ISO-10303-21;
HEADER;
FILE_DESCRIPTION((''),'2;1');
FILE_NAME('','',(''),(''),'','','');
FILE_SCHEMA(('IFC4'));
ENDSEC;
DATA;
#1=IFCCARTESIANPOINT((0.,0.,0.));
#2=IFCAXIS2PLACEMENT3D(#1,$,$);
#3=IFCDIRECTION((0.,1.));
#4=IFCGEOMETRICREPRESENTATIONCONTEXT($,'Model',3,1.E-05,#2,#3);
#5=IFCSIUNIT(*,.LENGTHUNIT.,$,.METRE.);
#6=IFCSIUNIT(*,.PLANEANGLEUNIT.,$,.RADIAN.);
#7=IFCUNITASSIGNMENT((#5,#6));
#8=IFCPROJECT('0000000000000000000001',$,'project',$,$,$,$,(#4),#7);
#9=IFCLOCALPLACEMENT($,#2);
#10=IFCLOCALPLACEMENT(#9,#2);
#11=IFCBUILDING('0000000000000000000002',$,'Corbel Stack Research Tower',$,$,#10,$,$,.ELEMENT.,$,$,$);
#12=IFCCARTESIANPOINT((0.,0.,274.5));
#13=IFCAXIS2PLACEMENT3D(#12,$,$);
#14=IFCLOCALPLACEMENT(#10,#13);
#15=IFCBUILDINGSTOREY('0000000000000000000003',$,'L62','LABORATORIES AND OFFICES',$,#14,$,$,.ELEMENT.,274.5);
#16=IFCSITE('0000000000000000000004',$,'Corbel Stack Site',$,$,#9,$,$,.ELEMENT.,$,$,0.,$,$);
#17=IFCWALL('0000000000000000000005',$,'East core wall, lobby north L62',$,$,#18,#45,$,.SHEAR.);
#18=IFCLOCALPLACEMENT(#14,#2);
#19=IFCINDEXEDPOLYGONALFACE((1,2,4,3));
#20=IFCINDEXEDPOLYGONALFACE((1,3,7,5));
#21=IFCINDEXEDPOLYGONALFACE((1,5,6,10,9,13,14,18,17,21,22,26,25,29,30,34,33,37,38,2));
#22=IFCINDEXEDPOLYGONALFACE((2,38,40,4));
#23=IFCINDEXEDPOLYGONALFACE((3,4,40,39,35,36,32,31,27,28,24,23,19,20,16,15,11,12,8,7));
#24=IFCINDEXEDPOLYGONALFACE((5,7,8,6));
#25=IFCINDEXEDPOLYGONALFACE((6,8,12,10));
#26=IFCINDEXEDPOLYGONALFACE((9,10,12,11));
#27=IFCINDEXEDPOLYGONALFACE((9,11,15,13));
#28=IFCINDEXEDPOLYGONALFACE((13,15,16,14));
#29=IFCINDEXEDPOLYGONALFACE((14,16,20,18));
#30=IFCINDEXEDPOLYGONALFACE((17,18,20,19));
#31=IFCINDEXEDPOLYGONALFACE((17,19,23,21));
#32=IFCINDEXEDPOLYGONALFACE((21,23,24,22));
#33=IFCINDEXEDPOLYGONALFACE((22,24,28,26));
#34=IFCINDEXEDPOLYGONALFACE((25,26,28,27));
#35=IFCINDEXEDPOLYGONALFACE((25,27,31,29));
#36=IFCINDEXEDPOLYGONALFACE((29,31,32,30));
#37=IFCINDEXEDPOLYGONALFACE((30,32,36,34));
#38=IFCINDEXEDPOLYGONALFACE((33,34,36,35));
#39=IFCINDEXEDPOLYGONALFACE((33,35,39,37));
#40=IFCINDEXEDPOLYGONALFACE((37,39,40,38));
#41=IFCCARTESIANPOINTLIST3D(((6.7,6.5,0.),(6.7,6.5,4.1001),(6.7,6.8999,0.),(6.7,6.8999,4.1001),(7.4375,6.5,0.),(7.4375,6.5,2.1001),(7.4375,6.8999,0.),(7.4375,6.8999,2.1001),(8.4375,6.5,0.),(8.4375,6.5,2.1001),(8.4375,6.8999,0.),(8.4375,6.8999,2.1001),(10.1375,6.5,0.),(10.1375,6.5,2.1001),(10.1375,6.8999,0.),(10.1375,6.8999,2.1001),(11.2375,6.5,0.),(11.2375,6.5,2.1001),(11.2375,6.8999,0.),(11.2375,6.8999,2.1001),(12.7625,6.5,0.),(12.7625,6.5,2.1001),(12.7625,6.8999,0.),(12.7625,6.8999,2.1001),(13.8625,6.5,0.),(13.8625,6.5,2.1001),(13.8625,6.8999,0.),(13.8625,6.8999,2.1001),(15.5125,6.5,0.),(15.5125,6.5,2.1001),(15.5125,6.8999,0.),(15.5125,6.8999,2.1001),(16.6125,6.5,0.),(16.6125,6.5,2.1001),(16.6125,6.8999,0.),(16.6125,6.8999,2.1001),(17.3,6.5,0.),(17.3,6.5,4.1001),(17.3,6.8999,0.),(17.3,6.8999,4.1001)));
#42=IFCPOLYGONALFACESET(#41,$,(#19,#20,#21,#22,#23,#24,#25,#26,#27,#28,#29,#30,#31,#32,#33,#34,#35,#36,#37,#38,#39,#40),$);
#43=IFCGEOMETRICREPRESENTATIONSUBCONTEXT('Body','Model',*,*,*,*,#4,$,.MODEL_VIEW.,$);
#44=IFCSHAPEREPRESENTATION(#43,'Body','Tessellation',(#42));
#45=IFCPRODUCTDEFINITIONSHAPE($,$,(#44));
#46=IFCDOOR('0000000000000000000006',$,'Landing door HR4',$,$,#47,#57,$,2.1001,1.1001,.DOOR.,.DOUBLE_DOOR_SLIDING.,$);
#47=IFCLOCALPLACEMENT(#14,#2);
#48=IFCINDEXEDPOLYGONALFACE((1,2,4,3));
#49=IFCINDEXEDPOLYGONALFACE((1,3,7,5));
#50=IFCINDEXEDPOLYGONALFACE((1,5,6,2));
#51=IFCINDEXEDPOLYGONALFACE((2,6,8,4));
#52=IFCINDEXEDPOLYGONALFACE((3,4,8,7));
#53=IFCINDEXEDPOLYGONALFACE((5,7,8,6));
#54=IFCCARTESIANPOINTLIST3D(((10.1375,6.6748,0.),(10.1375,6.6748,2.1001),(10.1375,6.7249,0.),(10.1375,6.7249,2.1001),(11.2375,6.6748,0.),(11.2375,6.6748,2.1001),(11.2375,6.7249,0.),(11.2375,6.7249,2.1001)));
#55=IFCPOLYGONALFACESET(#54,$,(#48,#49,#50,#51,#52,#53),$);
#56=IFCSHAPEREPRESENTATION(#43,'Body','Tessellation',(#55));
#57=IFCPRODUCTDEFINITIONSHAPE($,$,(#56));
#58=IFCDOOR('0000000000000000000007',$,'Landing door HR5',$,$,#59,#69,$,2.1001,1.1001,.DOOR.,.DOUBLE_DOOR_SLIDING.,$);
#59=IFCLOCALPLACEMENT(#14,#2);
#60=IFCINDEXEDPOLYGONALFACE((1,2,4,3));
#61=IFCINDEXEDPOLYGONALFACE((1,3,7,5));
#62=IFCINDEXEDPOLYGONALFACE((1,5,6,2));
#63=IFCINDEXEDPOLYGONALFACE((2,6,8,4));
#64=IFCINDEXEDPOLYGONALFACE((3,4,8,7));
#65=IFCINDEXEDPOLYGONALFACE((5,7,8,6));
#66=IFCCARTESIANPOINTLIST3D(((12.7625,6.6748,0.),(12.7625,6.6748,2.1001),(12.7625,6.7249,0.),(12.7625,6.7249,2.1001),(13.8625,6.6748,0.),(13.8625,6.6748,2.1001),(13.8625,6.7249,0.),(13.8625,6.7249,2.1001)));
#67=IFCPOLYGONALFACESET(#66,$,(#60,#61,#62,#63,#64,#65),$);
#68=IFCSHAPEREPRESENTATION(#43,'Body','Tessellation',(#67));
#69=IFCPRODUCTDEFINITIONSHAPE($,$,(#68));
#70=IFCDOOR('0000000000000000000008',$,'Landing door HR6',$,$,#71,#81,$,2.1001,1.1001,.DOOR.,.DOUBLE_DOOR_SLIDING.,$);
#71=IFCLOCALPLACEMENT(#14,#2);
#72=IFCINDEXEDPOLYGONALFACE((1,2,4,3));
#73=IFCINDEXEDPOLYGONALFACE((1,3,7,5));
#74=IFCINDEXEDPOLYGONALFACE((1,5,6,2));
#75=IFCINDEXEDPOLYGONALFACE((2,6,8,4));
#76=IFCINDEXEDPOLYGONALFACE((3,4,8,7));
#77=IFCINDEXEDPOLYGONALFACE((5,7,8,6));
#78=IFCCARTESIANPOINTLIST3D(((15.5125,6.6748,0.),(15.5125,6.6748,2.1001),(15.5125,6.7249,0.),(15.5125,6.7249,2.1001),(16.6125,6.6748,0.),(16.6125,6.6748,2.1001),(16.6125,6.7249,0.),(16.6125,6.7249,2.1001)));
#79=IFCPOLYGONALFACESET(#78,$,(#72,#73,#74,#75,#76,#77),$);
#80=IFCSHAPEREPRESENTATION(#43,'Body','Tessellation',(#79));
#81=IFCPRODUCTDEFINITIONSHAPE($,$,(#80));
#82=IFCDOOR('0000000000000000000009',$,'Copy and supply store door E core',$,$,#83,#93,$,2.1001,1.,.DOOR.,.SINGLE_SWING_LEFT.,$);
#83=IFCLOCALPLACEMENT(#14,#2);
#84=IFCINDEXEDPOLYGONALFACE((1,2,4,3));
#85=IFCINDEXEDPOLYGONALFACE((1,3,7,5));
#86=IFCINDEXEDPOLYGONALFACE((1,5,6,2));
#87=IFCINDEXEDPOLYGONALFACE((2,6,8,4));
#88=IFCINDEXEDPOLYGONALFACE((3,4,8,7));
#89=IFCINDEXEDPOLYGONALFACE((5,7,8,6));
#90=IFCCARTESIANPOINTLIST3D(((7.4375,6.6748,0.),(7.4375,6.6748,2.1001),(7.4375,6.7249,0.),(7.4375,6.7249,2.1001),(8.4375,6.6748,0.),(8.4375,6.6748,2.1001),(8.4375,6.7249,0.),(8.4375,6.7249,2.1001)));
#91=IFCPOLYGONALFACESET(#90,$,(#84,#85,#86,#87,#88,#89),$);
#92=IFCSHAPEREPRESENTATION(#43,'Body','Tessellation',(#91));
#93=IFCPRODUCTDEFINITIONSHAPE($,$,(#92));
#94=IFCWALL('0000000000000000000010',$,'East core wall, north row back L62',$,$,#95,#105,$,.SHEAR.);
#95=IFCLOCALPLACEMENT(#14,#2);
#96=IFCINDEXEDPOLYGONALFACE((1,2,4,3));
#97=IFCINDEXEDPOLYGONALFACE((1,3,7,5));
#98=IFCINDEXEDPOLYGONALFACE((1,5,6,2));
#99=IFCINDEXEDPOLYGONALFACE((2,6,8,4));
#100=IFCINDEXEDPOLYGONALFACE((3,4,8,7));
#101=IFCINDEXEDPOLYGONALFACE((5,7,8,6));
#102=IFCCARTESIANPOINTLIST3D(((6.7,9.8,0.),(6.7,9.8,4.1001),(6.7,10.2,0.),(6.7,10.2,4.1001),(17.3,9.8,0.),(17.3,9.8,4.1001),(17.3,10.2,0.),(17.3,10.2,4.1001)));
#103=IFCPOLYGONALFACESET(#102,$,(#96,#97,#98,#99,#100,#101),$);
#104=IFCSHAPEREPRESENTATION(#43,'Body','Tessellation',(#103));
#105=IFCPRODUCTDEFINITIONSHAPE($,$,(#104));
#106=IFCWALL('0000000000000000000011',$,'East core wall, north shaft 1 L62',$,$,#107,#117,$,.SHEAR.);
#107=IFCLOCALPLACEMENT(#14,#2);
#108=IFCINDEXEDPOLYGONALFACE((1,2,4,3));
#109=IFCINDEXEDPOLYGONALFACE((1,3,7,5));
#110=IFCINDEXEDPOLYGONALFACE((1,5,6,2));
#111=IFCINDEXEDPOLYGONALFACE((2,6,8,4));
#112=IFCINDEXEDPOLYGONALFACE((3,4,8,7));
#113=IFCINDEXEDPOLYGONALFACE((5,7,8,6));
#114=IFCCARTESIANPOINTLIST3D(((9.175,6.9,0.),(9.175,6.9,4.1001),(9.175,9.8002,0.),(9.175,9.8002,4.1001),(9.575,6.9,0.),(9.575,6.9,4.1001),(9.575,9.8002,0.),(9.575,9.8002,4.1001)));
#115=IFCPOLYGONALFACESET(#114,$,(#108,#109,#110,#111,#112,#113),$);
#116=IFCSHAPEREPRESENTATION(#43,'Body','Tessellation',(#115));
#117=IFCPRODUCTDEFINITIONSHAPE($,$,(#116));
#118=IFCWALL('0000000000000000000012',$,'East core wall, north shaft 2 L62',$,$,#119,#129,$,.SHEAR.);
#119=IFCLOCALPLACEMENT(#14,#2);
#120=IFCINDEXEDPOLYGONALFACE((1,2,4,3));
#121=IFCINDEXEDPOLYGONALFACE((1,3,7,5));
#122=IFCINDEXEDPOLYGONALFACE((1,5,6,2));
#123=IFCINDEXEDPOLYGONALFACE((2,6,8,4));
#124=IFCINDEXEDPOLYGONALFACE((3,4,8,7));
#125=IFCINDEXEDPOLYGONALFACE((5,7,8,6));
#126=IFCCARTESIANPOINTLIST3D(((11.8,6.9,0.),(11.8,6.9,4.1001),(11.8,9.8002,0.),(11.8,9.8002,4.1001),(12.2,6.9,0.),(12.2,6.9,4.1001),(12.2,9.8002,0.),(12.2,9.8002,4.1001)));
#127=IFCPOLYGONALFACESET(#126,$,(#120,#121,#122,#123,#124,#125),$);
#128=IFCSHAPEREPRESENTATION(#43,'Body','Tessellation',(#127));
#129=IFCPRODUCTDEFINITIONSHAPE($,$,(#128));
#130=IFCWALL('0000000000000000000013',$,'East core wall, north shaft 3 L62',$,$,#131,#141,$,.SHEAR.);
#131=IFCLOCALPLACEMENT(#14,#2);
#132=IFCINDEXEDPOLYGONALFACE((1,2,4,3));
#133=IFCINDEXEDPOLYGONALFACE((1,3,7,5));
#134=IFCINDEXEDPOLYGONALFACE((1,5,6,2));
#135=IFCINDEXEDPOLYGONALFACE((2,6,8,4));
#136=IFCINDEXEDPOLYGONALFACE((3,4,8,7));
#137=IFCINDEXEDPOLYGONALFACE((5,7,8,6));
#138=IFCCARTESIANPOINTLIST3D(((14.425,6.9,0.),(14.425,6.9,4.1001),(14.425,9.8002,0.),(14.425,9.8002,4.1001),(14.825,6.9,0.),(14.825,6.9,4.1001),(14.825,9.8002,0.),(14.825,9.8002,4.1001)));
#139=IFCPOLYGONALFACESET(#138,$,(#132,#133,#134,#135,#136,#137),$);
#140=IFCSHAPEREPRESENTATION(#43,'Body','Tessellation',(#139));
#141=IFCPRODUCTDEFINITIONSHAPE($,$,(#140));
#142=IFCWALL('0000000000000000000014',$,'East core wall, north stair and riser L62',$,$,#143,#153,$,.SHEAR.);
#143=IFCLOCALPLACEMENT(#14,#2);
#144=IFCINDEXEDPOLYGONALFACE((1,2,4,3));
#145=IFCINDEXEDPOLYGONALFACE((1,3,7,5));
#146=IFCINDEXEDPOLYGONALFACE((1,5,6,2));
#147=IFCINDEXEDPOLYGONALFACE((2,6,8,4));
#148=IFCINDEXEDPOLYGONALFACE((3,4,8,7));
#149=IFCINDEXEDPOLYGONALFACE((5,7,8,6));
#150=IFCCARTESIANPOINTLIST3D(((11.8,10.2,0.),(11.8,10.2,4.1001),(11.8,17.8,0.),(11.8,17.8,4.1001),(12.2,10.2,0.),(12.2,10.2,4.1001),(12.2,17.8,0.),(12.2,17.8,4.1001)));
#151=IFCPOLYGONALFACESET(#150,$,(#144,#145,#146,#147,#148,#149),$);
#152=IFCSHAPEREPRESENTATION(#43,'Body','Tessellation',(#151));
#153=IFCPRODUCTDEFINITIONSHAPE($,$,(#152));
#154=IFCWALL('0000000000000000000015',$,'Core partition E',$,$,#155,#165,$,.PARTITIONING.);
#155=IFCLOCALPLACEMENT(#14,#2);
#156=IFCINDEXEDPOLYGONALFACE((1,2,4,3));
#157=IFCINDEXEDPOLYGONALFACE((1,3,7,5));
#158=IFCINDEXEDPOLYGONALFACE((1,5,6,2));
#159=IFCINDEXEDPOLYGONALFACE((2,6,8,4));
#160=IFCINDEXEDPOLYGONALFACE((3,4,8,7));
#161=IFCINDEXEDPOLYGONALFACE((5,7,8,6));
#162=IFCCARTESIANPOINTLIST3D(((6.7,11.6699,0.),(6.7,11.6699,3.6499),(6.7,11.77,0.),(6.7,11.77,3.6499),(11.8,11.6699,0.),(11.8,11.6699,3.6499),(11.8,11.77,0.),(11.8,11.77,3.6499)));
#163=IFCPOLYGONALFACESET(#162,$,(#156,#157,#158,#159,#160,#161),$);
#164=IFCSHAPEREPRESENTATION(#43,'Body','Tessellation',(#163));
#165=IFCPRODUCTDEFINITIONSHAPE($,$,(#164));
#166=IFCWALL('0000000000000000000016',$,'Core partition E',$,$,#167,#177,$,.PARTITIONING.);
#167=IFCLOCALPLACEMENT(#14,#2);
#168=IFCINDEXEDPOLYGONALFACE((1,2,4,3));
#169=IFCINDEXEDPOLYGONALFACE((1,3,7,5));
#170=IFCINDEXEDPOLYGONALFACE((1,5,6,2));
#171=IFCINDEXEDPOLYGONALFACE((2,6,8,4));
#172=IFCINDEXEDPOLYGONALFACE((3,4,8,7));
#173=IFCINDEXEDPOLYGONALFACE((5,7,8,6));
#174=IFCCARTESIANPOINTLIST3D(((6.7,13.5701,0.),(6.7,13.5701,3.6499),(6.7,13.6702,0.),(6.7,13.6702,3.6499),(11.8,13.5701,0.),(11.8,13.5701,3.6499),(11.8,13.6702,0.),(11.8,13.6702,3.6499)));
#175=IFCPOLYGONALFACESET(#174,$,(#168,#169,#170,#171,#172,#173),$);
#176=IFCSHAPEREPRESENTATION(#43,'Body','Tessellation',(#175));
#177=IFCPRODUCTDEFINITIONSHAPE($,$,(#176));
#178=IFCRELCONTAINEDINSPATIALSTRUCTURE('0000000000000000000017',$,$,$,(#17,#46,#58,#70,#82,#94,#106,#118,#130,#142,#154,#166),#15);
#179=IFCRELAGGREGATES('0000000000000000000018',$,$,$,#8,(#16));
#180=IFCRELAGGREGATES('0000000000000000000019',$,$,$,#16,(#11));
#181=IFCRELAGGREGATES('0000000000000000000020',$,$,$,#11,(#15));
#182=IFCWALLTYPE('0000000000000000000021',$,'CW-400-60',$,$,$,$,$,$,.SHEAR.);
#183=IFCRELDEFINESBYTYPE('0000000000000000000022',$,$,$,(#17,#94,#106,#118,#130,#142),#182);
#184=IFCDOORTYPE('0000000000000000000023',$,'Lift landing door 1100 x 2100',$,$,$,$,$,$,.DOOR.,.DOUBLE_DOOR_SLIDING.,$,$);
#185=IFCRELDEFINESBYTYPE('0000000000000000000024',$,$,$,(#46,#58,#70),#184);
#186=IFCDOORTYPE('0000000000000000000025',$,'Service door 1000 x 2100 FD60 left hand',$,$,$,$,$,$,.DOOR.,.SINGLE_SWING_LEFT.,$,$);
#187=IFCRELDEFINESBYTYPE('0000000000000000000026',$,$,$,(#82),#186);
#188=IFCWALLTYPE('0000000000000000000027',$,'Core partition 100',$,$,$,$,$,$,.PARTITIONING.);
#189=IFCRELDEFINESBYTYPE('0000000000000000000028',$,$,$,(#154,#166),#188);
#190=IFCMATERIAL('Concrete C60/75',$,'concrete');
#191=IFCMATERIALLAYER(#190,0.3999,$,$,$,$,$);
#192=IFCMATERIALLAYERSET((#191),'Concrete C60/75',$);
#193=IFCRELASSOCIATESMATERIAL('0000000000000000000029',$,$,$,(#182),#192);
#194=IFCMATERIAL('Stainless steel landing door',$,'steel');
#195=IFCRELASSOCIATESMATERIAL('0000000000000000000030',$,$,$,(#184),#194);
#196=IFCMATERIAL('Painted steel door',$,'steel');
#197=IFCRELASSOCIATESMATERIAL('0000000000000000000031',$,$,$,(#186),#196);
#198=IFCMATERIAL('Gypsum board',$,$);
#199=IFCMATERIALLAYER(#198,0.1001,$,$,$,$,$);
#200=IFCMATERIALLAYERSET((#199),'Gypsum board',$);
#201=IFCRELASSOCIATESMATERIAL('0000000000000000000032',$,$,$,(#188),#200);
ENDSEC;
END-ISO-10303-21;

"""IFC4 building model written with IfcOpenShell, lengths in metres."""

from ifc_helpers import new_model, si_unit, direction, frame, frame_2d, origin, place, context, subcontext, project, spatial, rectangle, extrude, material, layer, layer_set, type_object, element, fill, save


model = new_model("IFC4")

# Units and contexts
model_context = context("Model", 3, precision=1e-05, world=origin(), true_north=direction((0.0, 1.0)))
body_context = subcontext(model_context, "Body", "Model", "MODEL_VIEW")
ifc_project = project(units=[si_unit("LENGTHUNIT", "METRE"), si_unit("PLANEANGLEUNIT", "RADIAN")], contexts=[model_context])

# Site, building, storey
site_placement = place(None, origin())
site = spatial("IfcSite", under=ifc_project, at=site_placement, Name="Corbel Stack Site", CompositionType="ELEMENT", RefElevation=0.0)
building_placement = place(site_placement, origin())
building = spatial("IfcBuilding", under=site, at=building_placement, Name="Corbel Stack Research Tower", CompositionType="ELEMENT")
storey_placement = place(building_placement, frame((0.0, 0.0, 274.5)))
storey = spatial("IfcBuildingStorey", under=building, at=storey_placement, Name="L62", Description="LABORATORIES AND OFFICES", CompositionType="ELEMENT", Elevation=274.5)

# Wall, openings, doors
ifc_material_1 = material(Name="Concrete C60/75", Category="concrete")
ifc_layer_1 = layer(ifc_material_1, 0.3999)
ifc_layer_set_1 = layer_set([ifc_layer_1], Name="Concrete C60/75")
wall_type_1 = type_object("IfcWallType", Name="CW-400-60", PredefinedType="SHEAR", material=ifc_layer_set_1)
ifc_material_2 = material(Name="Stainless steel landing door", Category="steel")
door_type_1 = type_object("IfcDoorType", Name="Lift landing door 1100 x 2100", OperationType="DOUBLE_DOOR_SLIDING", PredefinedType="DOOR", material=ifc_material_2)
ifc_material_3 = material(Name="Painted steel door", Category="steel")
door_type_2 = type_object("IfcDoorType", Name="Service door 1000 x 2100 FD60 left hand", OperationType="SINGLE_SWING_LEFT", PredefinedType="DOOR", material=ifc_material_3)
wall_1_placement = place(storey_placement, frame((6.7, 6.7, 0.0), z_axis=(0.0, 0.0, 1.0), x_axis=(1.0, 0.0, 0.0)))
wall_1 = element("IfcWall", 1, at=wall_1_placement, inside=storey, type_object=wall_type_1, Name="East core wall, lobby north L62", PredefinedType="SHEAR", context=body_context, shape_type="SweptSolid", body=[
    extrude(rectangle(XDim=10.6001, YDim=0.3999, at=frame_2d((5.3, 0.0))), origin(), (0.0, 0.0, 1.0), 4.1001),
])
opening_1_placement = place(wall_1_placement, frame((3.4375, 0.0, 0.0)))
opening_1 = element("IfcOpeningElement", 2, at=opening_1_placement, cuts=wall_1, PredefinedType="OPENING", context=body_context, shape_type="SweptSolid", body=[
    extrude(rectangle(XDim=1.1001, YDim=2.1001, at=frame_2d((0.55, 1.05))), frame((0.0, 0.21, 0.0), z_axis=(0.0, -1.0, 0.0), x_axis=(1.0, 0.0, 0.0)), (0.0, 0.0, 1.0), 0.4199),
])
opening_2_placement = place(wall_1_placement, frame((6.0625, 0.0, 0.0)))
opening_2 = element("IfcOpeningElement", 3, at=opening_2_placement, cuts=wall_1, PredefinedType="OPENING", context=body_context, shape_type="SweptSolid", body=[
    extrude(rectangle(XDim=1.1001, YDim=2.1001, at=frame_2d((0.55, 1.05))), frame((0.0, 0.21, 0.0), z_axis=(0.0, -1.0, 0.0), x_axis=(1.0, 0.0, 0.0)), (0.0, 0.0, 1.0), 0.4199),
])
opening_3_placement = place(wall_1_placement, frame((8.8125, 0.0, 0.0)))
opening_3 = element("IfcOpeningElement", 4, at=opening_3_placement, cuts=wall_1, PredefinedType="OPENING", context=body_context, shape_type="SweptSolid", body=[
    extrude(rectangle(XDim=1.1001, YDim=2.1001, at=frame_2d((0.55, 1.05))), frame((0.0, 0.21, 0.0), z_axis=(0.0, -1.0, 0.0), x_axis=(1.0, 0.0, 0.0)), (0.0, 0.0, 1.0), 0.4199),
])
opening_4_placement = place(wall_1_placement, frame((0.7375, 0.0, 0.0)))
opening_4 = element("IfcOpeningElement", 5, at=opening_4_placement, cuts=wall_1, PredefinedType="OPENING", context=body_context, shape_type="SweptSolid", body=[
    extrude(rectangle(XDim=1.0, YDim=2.1001, at=frame_2d((0.5, 1.05))), frame((0.0, 0.21, 0.0), z_axis=(0.0, -1.0, 0.0), x_axis=(1.0, 0.0, 0.0)), (0.0, 0.0, 1.0), 0.4199),
])
door_1_placement = place(opening_1_placement, origin())
door_1 = element("IfcDoor", 6, at=door_1_placement, inside=storey, type_object=door_type_1, Name="Landing door HR4", OperationType="DOUBLE_DOOR_SLIDING", OverallHeight=2.1001, OverallWidth=1.1001, PredefinedType="DOOR", context=body_context, shape_type="SweptSolid", body=[
    extrude(rectangle(XDim=1.1001, YDim=2.1001, at=frame_2d((0.55, 1.05))), frame((0.0, 0.0249, 0.0), z_axis=(0.0, -1.0, 0.0), x_axis=(1.0, 0.0, 0.0)), (0.0, 0.0, 1.0), 0.05),
])
fill(opening_1, door_1)
door_2_placement = place(opening_2_placement, origin())
door_2 = element("IfcDoor", 7, at=door_2_placement, inside=storey, type_object=door_type_1, Name="Landing door HR5", OperationType="DOUBLE_DOOR_SLIDING", OverallHeight=2.1001, OverallWidth=1.1001, PredefinedType="DOOR", context=body_context, shape_type="SweptSolid", body=[
    extrude(rectangle(XDim=1.1001, YDim=2.1001, at=frame_2d((0.55, 1.05))), frame((0.0, 0.0249, 0.0), z_axis=(0.0, -1.0, 0.0), x_axis=(1.0, 0.0, 0.0)), (0.0, 0.0, 1.0), 0.05),
])
fill(opening_2, door_2)
door_3_placement = place(opening_3_placement, origin())
door_3 = element("IfcDoor", 8, at=door_3_placement, inside=storey, type_object=door_type_1, Name="Landing door HR6", OperationType="DOUBLE_DOOR_SLIDING", OverallHeight=2.1001, OverallWidth=1.1001, PredefinedType="DOOR", context=body_context, shape_type="SweptSolid", body=[
    extrude(rectangle(XDim=1.1001, YDim=2.1001, at=frame_2d((0.55, 1.05))), frame((0.0, 0.0249, 0.0), z_axis=(0.0, -1.0, 0.0), x_axis=(1.0, 0.0, 0.0)), (0.0, 0.0, 1.0), 0.05),
])
fill(opening_3, door_3)
door_4_placement = place(opening_4_placement, origin())
door_4 = element("IfcDoor", 9, at=door_4_placement, inside=storey, type_object=door_type_2, Name="Copy and supply store door E core", OperationType="SINGLE_SWING_LEFT", OverallHeight=2.1001, OverallWidth=1.0, PredefinedType="DOOR", context=body_context, shape_type="SweptSolid", body=[
    extrude(rectangle(XDim=1.0, YDim=2.1001, at=frame_2d((0.5, 1.05))), frame((0.0, 0.0249, 0.0), z_axis=(0.0, -1.0, 0.0), x_axis=(1.0, 0.0, 0.0)), (0.0, 0.0, 1.0), 0.05),
])
fill(opening_4, door_4)

# Walls
wall_2_placement = place(storey_placement, frame((6.7, 10.0, 0.0), z_axis=(0.0, 0.0, 1.0), x_axis=(1.0, 0.0, 0.0)))
element("IfcWall", 10, at=wall_2_placement, inside=storey, type_object=wall_type_1, Name="East core wall, north row back L62", PredefinedType="SHEAR", context=body_context, shape_type="SweptSolid", body=[
    extrude(rectangle(XDim=10.6001, YDim=0.3999, at=frame_2d((5.3, 0.0))), origin(), (0.0, 0.0, 1.0), 4.1001),
])
for number, where, z_axis, x_axis, name in (
    (11, (9.375, 6.8999, 0.0), (0.0, 0.0, 1.0), (0.0, 1.0, 0.0), "East core wall, north shaft 1 L62"),
    (12, (12.0, 6.8999, 0.0), (0.0, 0.0, 1.0), (0.0, 1.0, 0.0), "East core wall, north shaft 2 L62"),
    (13, (14.625, 6.8999, 0.0), (0.0, 0.0, 1.0), (0.0, 1.0, 0.0), "East core wall, north shaft 3 L62"),
):
    element("IfcWall", number, at=place(storey_placement, frame(where, z_axis=z_axis, x_axis=x_axis)), inside=storey, type_object=wall_type_1, Name=name, PredefinedType="SHEAR", context=body_context, shape_type="SweptSolid", body=[
        extrude(rectangle(XDim=2.9001, YDim=0.3999, at=frame_2d((1.4502, 0.0))), origin(), (0.0, 0.0, 1.0), 4.1001),
    ])
wall_3_placement = place(storey_placement, frame((12.0, 10.2, 0.0), z_axis=(0.0, 0.0, 1.0), x_axis=(0.0, 1.0, 0.0)))
element("IfcWall", 14, at=wall_3_placement, inside=storey, type_object=wall_type_1, Name="East core wall, north stair and riser L62", PredefinedType="SHEAR", context=body_context, shape_type="SweptSolid", body=[
    extrude(rectangle(XDim=7.6001, YDim=0.3999, at=frame_2d((3.8, 0.0))), origin(), (0.0, 0.0, 1.0), 4.1001),
])
ifc_material_4 = material(Name="Gypsum board")
ifc_layer_2 = layer(ifc_material_4, 0.1001)
ifc_layer_set_2 = layer_set([ifc_layer_2], Name="Gypsum board")
wall_type_2 = type_object("IfcWallType", Name="Core partition 100", PredefinedType="PARTITIONING", material=ifc_layer_set_2)
for number, where, z_axis, x_axis, name in (
    (15, (6.7, 11.72, 0.0), (0.0, 0.0, 1.0), (1.0, 0.0, 0.0), "Core partition E"),
    (16, (6.7, 13.6201, 0.0), (0.0, 0.0, 1.0), (1.0, 0.0, 0.0), "Core partition E"),
):
    element("IfcWall", number, at=place(storey_placement, frame(where, z_axis=z_axis, x_axis=x_axis)), inside=storey, type_object=wall_type_2, Name=name, PredefinedType="PARTITIONING", context=body_context, shape_type="SweptSolid", body=[
        extrude(rectangle(XDim=5.1001, YDim=0.1001, at=frame_2d((2.55, 0.0))), origin(), (0.0, 0.0, 1.0), 3.6499),
    ])

save(model, "model.ifc")
